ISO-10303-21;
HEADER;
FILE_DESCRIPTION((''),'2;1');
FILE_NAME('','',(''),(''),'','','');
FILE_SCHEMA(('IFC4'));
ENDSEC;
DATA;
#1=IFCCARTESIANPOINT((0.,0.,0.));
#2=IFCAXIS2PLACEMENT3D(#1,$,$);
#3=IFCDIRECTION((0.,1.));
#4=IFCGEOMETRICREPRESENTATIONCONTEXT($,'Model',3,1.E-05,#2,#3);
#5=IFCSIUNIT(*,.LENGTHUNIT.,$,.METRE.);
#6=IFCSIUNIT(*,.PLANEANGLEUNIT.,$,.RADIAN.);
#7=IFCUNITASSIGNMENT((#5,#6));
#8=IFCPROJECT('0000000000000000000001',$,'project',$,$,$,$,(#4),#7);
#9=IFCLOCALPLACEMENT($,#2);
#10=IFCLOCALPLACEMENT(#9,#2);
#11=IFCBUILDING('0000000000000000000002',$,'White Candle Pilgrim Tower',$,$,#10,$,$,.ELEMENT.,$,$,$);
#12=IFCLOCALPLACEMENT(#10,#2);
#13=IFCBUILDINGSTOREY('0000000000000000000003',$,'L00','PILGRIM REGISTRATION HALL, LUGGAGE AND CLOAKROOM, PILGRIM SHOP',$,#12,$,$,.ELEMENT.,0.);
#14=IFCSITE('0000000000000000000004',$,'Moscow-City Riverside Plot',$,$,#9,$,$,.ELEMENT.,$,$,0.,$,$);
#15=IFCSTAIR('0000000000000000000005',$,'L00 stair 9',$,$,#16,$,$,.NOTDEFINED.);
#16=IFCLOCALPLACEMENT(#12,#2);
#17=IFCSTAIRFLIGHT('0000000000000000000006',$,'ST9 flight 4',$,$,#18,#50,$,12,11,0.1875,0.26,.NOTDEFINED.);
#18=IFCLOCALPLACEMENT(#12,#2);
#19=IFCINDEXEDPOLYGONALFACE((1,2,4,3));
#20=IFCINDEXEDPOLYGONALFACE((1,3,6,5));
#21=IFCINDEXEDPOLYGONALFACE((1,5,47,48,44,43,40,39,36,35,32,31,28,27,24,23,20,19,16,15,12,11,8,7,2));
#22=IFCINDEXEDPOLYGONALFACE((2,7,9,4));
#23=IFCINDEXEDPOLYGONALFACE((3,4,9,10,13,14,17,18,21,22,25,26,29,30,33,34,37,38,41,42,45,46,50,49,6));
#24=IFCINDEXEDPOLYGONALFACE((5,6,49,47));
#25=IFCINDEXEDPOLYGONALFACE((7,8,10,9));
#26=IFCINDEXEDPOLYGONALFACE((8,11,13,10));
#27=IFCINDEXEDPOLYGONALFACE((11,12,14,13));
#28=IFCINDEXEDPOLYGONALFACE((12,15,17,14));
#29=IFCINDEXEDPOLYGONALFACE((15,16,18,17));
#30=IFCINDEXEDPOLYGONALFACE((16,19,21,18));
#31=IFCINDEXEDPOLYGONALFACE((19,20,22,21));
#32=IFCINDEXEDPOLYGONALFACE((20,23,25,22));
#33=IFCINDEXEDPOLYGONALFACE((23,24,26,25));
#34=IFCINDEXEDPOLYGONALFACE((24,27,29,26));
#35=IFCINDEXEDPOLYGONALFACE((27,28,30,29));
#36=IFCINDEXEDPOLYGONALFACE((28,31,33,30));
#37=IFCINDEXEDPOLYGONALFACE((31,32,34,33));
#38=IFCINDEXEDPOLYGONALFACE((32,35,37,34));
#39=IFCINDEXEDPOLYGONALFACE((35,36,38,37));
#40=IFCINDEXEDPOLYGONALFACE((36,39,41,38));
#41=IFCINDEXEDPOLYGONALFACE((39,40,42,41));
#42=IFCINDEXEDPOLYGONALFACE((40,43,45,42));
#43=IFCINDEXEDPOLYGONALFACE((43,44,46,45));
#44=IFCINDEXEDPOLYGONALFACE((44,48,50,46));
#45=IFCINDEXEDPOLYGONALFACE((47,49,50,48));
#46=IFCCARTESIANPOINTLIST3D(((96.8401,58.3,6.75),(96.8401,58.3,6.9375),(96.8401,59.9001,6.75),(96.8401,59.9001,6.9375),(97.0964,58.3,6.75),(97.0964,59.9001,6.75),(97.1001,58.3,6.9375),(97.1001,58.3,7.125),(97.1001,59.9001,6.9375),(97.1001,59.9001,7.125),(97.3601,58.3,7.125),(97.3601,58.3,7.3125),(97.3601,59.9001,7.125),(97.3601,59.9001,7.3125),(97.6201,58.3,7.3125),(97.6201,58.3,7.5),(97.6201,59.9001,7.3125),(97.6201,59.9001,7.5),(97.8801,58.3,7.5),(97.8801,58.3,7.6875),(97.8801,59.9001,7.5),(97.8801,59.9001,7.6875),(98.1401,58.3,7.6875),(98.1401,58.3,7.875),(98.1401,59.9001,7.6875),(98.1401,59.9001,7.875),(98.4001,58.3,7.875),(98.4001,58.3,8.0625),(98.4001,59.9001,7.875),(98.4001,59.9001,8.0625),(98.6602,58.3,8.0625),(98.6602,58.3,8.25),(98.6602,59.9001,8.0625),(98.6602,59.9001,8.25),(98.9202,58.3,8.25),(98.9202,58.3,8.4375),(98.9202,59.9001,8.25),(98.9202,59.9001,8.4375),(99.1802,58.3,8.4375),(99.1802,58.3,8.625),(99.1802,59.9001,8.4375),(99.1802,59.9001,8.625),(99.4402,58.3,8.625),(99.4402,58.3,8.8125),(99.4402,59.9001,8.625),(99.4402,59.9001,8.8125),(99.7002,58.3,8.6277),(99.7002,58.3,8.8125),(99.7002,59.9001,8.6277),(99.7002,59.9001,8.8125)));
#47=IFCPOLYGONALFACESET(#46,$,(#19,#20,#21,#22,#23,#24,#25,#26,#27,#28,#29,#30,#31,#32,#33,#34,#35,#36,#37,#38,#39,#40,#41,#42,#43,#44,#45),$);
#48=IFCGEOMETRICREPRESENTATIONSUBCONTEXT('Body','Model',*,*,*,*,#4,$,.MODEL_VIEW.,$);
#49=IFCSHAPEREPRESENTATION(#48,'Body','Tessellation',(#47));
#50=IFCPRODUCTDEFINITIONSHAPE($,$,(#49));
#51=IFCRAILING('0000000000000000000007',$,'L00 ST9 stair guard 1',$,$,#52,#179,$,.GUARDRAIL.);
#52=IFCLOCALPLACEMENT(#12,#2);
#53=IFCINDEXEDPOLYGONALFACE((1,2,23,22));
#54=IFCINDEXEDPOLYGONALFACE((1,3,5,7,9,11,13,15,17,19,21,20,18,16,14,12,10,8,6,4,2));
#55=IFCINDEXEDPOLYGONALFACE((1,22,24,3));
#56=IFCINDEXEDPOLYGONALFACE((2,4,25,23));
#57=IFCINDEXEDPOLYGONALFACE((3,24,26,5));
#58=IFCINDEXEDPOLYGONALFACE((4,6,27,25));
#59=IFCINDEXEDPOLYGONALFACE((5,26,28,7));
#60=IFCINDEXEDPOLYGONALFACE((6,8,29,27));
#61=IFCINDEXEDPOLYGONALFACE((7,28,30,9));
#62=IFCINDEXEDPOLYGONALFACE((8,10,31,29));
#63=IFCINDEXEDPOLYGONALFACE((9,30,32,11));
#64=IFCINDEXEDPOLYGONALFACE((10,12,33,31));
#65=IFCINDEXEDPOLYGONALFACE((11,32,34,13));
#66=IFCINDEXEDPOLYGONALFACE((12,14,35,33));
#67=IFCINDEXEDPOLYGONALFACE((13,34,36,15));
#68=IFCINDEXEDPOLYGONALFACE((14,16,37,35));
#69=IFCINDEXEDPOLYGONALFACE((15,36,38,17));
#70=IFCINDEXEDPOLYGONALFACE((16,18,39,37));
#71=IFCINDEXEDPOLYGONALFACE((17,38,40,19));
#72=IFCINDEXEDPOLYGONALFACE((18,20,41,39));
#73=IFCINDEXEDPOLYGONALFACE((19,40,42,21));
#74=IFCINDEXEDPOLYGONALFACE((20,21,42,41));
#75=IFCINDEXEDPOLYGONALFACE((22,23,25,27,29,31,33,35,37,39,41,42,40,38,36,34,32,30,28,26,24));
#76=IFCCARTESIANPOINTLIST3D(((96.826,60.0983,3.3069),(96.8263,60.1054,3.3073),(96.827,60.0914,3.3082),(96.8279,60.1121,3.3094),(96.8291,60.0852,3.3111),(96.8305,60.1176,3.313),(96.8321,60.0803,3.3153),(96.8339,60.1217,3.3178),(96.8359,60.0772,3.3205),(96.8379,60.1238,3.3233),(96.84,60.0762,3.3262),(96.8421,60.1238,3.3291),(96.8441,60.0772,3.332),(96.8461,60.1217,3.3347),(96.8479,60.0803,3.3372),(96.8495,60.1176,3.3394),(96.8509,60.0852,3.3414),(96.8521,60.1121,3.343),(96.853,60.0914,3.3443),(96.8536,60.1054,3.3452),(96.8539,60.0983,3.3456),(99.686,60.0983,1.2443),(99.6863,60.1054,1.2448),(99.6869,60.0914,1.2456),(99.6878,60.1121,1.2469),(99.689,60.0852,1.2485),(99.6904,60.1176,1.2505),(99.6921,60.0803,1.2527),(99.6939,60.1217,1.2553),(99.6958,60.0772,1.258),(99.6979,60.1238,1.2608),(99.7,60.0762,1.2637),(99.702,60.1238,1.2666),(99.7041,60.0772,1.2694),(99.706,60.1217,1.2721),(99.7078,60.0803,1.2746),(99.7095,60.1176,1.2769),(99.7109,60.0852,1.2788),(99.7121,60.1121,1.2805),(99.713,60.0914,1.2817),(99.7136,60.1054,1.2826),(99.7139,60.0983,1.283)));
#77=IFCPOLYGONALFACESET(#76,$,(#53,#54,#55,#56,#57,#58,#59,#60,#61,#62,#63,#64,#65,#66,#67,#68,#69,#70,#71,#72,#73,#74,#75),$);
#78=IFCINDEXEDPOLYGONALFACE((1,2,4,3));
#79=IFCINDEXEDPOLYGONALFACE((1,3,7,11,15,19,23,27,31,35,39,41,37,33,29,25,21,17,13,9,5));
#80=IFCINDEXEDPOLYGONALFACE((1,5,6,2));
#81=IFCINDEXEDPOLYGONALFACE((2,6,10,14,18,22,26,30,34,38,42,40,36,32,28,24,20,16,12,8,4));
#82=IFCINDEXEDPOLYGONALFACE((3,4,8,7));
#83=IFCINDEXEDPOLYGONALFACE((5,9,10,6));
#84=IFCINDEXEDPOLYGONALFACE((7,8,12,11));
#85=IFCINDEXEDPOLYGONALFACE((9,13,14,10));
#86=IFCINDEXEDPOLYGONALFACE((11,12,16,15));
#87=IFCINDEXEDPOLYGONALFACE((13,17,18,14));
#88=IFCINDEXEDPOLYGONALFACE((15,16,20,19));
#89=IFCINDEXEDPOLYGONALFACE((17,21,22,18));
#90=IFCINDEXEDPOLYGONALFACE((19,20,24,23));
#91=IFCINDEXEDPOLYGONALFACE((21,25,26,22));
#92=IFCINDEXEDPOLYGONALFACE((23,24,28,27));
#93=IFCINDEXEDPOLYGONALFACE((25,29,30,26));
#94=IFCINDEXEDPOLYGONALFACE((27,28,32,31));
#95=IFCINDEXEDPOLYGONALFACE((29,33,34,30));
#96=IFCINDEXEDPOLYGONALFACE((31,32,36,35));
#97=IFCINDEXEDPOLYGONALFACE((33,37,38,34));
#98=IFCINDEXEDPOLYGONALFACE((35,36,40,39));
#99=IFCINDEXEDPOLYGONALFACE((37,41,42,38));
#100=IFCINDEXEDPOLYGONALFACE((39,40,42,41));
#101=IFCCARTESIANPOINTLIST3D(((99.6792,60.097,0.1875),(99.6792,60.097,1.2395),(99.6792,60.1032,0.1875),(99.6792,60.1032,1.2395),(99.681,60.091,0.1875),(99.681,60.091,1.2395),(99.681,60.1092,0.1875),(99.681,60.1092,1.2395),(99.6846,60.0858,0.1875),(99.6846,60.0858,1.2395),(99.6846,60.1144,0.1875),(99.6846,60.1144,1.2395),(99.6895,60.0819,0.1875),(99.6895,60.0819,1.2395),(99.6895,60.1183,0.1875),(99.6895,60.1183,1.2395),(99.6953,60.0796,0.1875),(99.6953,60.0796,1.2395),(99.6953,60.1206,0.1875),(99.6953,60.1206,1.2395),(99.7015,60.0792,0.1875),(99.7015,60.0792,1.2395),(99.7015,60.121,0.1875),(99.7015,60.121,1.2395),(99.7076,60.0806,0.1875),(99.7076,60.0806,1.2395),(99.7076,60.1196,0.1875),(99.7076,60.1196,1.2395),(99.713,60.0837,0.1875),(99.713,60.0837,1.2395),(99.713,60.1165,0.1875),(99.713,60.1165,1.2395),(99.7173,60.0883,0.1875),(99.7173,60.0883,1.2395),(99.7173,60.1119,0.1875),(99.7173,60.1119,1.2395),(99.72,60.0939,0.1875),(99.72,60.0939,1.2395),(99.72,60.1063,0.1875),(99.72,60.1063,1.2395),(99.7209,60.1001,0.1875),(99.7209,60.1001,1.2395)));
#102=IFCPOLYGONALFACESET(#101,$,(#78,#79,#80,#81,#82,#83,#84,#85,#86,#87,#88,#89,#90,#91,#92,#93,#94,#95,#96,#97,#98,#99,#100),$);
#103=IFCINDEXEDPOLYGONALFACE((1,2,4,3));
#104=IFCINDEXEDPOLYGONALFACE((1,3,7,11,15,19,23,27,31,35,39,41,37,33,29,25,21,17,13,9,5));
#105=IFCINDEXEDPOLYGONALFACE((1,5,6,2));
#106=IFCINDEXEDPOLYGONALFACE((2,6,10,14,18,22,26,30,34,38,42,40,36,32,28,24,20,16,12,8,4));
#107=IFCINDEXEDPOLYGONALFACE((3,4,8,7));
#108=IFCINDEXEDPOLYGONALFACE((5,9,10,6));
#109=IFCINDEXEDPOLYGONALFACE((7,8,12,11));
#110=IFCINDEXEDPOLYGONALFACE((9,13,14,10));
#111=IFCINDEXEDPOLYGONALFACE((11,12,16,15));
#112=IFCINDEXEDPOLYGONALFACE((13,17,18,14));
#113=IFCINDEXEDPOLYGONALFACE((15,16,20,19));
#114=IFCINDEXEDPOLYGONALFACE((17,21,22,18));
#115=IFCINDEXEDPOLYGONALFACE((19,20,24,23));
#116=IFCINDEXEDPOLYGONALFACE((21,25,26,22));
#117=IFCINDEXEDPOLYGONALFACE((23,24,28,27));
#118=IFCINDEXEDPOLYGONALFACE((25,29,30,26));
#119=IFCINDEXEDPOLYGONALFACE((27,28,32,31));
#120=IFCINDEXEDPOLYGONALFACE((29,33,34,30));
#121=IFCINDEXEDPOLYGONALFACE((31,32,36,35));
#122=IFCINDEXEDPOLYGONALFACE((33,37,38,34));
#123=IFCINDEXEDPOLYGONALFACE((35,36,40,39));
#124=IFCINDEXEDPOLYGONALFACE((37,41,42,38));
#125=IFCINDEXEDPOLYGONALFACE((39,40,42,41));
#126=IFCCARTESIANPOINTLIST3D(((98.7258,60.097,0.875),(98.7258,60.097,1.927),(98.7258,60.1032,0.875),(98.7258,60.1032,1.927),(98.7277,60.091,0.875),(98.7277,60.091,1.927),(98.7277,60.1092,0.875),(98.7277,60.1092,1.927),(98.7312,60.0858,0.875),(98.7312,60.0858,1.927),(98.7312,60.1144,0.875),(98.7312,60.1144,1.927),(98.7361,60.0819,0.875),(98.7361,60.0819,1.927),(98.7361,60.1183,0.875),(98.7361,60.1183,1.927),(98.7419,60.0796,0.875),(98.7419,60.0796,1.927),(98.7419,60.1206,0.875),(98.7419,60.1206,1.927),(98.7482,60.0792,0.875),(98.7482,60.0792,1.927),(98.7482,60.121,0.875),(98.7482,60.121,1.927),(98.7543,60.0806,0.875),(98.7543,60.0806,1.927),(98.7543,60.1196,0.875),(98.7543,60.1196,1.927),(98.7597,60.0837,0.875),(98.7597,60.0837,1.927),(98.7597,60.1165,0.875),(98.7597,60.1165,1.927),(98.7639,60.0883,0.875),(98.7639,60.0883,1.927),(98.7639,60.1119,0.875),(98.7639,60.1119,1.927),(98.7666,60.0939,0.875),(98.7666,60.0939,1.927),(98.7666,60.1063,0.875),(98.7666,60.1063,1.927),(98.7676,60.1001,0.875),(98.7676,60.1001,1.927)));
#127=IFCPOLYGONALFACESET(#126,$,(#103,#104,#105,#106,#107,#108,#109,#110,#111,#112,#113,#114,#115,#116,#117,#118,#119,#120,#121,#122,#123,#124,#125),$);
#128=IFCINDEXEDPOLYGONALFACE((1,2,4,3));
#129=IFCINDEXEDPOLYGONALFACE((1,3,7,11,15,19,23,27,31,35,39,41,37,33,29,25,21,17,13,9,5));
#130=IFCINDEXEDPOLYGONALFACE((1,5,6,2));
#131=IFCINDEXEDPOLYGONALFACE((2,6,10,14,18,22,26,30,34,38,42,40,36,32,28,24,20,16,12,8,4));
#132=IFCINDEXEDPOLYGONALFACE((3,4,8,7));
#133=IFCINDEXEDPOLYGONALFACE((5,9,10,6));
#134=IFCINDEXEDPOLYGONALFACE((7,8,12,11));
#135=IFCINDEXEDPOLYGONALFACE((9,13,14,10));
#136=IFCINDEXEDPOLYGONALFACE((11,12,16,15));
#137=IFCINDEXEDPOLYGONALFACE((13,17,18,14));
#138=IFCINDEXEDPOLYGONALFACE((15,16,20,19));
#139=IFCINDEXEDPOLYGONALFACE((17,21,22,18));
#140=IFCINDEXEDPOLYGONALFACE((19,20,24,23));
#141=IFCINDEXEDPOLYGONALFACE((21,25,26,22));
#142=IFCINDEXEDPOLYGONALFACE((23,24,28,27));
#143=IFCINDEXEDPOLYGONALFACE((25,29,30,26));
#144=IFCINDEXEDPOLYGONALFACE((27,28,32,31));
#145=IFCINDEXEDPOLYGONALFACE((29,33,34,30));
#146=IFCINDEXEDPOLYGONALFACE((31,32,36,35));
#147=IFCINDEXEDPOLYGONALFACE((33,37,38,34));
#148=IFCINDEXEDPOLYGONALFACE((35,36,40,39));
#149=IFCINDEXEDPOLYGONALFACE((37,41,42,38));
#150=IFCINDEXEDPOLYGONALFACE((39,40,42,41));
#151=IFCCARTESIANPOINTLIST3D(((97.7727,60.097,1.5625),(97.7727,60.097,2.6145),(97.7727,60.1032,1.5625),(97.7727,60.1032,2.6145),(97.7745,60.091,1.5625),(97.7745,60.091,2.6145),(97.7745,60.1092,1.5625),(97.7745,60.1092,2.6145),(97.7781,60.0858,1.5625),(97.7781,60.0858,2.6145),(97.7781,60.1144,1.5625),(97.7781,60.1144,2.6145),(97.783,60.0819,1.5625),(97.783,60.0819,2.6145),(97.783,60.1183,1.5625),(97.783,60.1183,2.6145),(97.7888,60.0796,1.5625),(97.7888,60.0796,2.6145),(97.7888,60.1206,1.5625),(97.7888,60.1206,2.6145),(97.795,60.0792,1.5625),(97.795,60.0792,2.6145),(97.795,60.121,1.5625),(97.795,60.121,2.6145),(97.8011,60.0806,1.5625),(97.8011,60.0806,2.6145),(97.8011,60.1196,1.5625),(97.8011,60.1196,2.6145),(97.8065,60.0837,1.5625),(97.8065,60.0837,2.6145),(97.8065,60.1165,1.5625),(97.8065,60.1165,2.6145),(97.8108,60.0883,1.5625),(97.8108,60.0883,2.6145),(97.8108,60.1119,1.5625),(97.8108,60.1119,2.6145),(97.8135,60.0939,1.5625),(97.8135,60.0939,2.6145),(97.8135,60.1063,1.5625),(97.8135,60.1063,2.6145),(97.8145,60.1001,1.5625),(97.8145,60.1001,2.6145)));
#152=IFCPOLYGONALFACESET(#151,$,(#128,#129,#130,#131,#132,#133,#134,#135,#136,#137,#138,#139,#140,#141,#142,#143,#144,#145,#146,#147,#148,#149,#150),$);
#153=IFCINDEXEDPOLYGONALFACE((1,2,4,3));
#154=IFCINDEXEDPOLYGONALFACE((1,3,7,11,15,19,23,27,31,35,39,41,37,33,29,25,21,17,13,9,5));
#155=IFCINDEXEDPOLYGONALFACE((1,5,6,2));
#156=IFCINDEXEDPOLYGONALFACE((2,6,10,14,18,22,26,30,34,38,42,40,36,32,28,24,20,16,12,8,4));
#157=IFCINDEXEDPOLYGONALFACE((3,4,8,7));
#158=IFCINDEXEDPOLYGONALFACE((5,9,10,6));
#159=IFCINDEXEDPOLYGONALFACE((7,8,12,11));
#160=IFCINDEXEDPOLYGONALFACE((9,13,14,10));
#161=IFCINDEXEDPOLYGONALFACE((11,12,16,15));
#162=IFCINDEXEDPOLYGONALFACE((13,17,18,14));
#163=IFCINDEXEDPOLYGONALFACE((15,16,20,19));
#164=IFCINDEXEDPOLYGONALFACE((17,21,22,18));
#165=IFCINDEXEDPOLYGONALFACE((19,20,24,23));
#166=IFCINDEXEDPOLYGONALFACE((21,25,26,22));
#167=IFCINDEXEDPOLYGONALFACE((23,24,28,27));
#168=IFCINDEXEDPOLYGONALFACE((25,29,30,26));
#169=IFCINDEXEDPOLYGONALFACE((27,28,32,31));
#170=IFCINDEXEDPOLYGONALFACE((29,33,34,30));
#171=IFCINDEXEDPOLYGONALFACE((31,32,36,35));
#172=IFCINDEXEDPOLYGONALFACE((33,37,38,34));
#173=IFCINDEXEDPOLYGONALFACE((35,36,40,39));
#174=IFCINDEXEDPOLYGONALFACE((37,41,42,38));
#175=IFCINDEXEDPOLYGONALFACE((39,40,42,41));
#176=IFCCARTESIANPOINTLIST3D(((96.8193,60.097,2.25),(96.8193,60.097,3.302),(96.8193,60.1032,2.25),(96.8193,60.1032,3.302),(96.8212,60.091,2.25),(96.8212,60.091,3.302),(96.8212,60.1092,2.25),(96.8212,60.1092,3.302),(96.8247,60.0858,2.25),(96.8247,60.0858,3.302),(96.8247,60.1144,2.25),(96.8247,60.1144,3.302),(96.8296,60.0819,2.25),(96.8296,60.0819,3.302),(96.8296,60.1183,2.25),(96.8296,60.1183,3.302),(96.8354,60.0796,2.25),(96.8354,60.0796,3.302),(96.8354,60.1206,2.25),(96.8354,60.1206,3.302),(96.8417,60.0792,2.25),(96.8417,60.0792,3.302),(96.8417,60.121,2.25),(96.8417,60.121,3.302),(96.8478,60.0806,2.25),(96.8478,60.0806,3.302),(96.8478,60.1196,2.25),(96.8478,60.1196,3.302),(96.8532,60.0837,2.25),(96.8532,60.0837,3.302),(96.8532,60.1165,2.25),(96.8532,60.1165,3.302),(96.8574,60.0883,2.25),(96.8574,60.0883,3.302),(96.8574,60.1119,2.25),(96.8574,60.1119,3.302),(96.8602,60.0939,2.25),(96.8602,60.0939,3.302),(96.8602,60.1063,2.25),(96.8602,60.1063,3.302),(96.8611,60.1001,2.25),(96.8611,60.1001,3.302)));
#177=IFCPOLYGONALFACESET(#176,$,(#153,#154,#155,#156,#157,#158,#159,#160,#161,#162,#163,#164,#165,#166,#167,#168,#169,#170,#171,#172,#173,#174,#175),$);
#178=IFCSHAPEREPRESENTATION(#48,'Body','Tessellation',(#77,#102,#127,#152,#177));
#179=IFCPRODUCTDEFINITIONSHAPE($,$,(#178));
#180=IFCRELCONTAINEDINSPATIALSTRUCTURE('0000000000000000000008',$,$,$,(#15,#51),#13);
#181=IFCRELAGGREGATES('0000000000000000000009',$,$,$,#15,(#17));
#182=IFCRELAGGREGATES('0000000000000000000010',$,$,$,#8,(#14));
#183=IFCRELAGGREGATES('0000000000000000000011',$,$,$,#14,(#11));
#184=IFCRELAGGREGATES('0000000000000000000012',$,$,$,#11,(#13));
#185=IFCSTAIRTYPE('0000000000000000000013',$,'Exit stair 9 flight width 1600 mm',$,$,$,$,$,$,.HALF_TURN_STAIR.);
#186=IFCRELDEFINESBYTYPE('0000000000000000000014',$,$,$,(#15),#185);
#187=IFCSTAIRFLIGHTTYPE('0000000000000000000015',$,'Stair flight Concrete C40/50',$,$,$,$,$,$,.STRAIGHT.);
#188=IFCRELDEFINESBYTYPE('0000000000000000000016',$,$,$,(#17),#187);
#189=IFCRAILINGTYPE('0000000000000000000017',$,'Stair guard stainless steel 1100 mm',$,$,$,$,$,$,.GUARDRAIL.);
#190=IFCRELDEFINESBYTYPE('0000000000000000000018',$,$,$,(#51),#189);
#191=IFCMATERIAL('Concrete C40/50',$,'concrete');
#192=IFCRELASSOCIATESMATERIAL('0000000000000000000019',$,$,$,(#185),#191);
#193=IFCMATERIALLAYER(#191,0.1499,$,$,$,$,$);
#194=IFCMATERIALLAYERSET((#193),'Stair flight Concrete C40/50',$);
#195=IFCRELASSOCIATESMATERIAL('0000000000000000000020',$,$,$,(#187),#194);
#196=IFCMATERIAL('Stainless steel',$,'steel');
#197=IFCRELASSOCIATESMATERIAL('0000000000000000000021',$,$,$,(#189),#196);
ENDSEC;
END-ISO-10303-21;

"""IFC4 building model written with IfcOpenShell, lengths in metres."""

from ifc_helpers import new_model, si_unit, direction, frame, origin, origin_2d, place, context, subcontext, project, spatial, polyline, circle, outline, extrude, material, layer, layer_set, type_object, element, aggregate, save


model = new_model("IFC4")

# Units and contexts
model_context = context("Model", 3, precision=1e-05, world=origin(), true_north=direction((0.0, 1.0)))
body_context = subcontext(model_context, "Body", "Model", "MODEL_VIEW")
ifc_project = project(units=[si_unit("LENGTHUNIT", "METRE"), si_unit("PLANEANGLEUNIT", "RADIAN")], contexts=[model_context])

# Site, building, storey
site_placement = place(None, origin())
site = spatial("IfcSite", under=ifc_project, at=site_placement, Name="Moscow-City Riverside Plot", CompositionType="ELEMENT", RefElevation=0.0)
building_placement = place(site_placement, origin())
building = spatial("IfcBuilding", under=site, at=building_placement, Name="White Candle Pilgrim Tower", CompositionType="ELEMENT")
storey_placement = place(building_placement, origin())
storey = spatial("IfcBuildingStorey", under=building, at=storey_placement, Name="L00", Description="PILGRIM REGISTRATION HALL, LUGGAGE AND CLOAKROOM, PILGRIM SHOP", CompositionType="ELEMENT", Elevation=0.0)

# Stair, stair flight
ifc_material_1 = material(Name="Concrete C40/50", Category="concrete")
stair_type = type_object("IfcStairType", Name="Exit stair 9 flight width 1600 mm", PredefinedType="HALF_TURN_STAIR", material=ifc_material_1)
stair_placement = place(storey_placement, origin())
stair = element("IfcStair", 1, at=stair_placement, inside=storey, type_object=stair_type, Name="L00 stair 9", PredefinedType="NOTDEFINED")
ifc_layer_1 = layer(ifc_material_1, 0.1499)
ifc_layer_set_1 = layer_set([ifc_layer_1], Name="Stair flight Concrete C40/50")
stair_flight_type = type_object("IfcStairFlightType", Name="Stair flight Concrete C40/50", PredefinedType="STRAIGHT", material=ifc_layer_set_1)
stair_flight_1_placement = place(storey_placement, frame((96.8401, 59.1001, 6.75), z_axis=(0.0, 0.0, 1.0), x_axis=(1.0, 0.0, 0.0)))
stair_flight_1 = element("IfcStairFlight", 2, at=stair_flight_1_placement, type_object=stair_flight_type, Name="ST9 flight 4", NumberOfRisers=12, NumberOfTreads=11, PredefinedType="NOTDEFINED", RiserHeight=0.1875, TreadLength=0.26, context=body_context, shape_type="SweptSolid", body=[
    extrude(outline(polyline([(0.0, 0.0), (0.0, 0.1875), (0.26, 0.1875), (0.26, 0.375), (0.52, 0.375), (0.52, 0.5625), (0.78, 0.5625), (0.78, 0.75), (1.04, 0.75), (1.04, 0.9375), (1.3, 0.9375), (1.3, 1.125), (1.5601, 1.125), (1.5601, 1.3125), (1.8201, 1.3125), (1.8201, 1.5), (2.0801, 1.5), (2.0801, 1.6875), (2.3401, 1.6875), (2.3401, 1.875), (2.6001, 1.875), (2.6001, 2.0625), (2.8601, 2.0625), (2.8601, 2.25), (2.8601, 1.8777), (0.2563, 0.0), (0.0, 0.0)])), frame((0.0, 0.8, 0.0), z_axis=(0.0, -1.0, 0.0), x_axis=(1.0, 0.0, 0.0)), (0.0, 0.0, 1.0), 1.6001),
])
aggregate(stair, [stair_flight_1])

# Railing
ifc_material_2 = material(Name="Stainless steel", Category="steel")
railing_type_1 = type_object("IfcRailingType", Name="Stair guard stainless steel 1100 mm", PredefinedType="GUARDRAIL", material=ifc_material_2)
railing_1_placement = place(storey_placement, frame((99.7, 60.1001, 0.1875)))
element("IfcRailing", 3, at=railing_1_placement, inside=storey, type_object=railing_type_1, Name="L00 ST9 stair guard 1", PredefinedType="GUARDRAIL", context=body_context, shape_type="SweptSolid", body=[
    extrude(circle(Radius=0.0239, at=origin_2d()), frame((0.0, 0.0, 1.0762), z_axis=(-0.811077, 0.0, 0.584939), x_axis=(0.0, -1.0, 0.0)), (0.0, 0.0, 1.0), 3.5261),
    extrude(circle(Radius=0.021, at=origin_2d()), origin(), (0.0, 0.0, 1.0), 1.052),
    extrude(circle(Radius=0.021, at=origin_2d()), frame((-0.9534, 0.0, 0.6875)), (0.0, 0.0, 1.0), 1.052),
    extrude(circle(Radius=0.021, at=origin_2d()), frame((-1.9065, 0.0, 1.375)), (0.0, 0.0, 1.0), 1.052),
    extrude(circle(Radius=0.021, at=origin_2d()), frame((-2.8599, 0.0, 2.0625)), (0.0, 0.0, 1.0), 1.052),
])

save(model, "model.ifc")
